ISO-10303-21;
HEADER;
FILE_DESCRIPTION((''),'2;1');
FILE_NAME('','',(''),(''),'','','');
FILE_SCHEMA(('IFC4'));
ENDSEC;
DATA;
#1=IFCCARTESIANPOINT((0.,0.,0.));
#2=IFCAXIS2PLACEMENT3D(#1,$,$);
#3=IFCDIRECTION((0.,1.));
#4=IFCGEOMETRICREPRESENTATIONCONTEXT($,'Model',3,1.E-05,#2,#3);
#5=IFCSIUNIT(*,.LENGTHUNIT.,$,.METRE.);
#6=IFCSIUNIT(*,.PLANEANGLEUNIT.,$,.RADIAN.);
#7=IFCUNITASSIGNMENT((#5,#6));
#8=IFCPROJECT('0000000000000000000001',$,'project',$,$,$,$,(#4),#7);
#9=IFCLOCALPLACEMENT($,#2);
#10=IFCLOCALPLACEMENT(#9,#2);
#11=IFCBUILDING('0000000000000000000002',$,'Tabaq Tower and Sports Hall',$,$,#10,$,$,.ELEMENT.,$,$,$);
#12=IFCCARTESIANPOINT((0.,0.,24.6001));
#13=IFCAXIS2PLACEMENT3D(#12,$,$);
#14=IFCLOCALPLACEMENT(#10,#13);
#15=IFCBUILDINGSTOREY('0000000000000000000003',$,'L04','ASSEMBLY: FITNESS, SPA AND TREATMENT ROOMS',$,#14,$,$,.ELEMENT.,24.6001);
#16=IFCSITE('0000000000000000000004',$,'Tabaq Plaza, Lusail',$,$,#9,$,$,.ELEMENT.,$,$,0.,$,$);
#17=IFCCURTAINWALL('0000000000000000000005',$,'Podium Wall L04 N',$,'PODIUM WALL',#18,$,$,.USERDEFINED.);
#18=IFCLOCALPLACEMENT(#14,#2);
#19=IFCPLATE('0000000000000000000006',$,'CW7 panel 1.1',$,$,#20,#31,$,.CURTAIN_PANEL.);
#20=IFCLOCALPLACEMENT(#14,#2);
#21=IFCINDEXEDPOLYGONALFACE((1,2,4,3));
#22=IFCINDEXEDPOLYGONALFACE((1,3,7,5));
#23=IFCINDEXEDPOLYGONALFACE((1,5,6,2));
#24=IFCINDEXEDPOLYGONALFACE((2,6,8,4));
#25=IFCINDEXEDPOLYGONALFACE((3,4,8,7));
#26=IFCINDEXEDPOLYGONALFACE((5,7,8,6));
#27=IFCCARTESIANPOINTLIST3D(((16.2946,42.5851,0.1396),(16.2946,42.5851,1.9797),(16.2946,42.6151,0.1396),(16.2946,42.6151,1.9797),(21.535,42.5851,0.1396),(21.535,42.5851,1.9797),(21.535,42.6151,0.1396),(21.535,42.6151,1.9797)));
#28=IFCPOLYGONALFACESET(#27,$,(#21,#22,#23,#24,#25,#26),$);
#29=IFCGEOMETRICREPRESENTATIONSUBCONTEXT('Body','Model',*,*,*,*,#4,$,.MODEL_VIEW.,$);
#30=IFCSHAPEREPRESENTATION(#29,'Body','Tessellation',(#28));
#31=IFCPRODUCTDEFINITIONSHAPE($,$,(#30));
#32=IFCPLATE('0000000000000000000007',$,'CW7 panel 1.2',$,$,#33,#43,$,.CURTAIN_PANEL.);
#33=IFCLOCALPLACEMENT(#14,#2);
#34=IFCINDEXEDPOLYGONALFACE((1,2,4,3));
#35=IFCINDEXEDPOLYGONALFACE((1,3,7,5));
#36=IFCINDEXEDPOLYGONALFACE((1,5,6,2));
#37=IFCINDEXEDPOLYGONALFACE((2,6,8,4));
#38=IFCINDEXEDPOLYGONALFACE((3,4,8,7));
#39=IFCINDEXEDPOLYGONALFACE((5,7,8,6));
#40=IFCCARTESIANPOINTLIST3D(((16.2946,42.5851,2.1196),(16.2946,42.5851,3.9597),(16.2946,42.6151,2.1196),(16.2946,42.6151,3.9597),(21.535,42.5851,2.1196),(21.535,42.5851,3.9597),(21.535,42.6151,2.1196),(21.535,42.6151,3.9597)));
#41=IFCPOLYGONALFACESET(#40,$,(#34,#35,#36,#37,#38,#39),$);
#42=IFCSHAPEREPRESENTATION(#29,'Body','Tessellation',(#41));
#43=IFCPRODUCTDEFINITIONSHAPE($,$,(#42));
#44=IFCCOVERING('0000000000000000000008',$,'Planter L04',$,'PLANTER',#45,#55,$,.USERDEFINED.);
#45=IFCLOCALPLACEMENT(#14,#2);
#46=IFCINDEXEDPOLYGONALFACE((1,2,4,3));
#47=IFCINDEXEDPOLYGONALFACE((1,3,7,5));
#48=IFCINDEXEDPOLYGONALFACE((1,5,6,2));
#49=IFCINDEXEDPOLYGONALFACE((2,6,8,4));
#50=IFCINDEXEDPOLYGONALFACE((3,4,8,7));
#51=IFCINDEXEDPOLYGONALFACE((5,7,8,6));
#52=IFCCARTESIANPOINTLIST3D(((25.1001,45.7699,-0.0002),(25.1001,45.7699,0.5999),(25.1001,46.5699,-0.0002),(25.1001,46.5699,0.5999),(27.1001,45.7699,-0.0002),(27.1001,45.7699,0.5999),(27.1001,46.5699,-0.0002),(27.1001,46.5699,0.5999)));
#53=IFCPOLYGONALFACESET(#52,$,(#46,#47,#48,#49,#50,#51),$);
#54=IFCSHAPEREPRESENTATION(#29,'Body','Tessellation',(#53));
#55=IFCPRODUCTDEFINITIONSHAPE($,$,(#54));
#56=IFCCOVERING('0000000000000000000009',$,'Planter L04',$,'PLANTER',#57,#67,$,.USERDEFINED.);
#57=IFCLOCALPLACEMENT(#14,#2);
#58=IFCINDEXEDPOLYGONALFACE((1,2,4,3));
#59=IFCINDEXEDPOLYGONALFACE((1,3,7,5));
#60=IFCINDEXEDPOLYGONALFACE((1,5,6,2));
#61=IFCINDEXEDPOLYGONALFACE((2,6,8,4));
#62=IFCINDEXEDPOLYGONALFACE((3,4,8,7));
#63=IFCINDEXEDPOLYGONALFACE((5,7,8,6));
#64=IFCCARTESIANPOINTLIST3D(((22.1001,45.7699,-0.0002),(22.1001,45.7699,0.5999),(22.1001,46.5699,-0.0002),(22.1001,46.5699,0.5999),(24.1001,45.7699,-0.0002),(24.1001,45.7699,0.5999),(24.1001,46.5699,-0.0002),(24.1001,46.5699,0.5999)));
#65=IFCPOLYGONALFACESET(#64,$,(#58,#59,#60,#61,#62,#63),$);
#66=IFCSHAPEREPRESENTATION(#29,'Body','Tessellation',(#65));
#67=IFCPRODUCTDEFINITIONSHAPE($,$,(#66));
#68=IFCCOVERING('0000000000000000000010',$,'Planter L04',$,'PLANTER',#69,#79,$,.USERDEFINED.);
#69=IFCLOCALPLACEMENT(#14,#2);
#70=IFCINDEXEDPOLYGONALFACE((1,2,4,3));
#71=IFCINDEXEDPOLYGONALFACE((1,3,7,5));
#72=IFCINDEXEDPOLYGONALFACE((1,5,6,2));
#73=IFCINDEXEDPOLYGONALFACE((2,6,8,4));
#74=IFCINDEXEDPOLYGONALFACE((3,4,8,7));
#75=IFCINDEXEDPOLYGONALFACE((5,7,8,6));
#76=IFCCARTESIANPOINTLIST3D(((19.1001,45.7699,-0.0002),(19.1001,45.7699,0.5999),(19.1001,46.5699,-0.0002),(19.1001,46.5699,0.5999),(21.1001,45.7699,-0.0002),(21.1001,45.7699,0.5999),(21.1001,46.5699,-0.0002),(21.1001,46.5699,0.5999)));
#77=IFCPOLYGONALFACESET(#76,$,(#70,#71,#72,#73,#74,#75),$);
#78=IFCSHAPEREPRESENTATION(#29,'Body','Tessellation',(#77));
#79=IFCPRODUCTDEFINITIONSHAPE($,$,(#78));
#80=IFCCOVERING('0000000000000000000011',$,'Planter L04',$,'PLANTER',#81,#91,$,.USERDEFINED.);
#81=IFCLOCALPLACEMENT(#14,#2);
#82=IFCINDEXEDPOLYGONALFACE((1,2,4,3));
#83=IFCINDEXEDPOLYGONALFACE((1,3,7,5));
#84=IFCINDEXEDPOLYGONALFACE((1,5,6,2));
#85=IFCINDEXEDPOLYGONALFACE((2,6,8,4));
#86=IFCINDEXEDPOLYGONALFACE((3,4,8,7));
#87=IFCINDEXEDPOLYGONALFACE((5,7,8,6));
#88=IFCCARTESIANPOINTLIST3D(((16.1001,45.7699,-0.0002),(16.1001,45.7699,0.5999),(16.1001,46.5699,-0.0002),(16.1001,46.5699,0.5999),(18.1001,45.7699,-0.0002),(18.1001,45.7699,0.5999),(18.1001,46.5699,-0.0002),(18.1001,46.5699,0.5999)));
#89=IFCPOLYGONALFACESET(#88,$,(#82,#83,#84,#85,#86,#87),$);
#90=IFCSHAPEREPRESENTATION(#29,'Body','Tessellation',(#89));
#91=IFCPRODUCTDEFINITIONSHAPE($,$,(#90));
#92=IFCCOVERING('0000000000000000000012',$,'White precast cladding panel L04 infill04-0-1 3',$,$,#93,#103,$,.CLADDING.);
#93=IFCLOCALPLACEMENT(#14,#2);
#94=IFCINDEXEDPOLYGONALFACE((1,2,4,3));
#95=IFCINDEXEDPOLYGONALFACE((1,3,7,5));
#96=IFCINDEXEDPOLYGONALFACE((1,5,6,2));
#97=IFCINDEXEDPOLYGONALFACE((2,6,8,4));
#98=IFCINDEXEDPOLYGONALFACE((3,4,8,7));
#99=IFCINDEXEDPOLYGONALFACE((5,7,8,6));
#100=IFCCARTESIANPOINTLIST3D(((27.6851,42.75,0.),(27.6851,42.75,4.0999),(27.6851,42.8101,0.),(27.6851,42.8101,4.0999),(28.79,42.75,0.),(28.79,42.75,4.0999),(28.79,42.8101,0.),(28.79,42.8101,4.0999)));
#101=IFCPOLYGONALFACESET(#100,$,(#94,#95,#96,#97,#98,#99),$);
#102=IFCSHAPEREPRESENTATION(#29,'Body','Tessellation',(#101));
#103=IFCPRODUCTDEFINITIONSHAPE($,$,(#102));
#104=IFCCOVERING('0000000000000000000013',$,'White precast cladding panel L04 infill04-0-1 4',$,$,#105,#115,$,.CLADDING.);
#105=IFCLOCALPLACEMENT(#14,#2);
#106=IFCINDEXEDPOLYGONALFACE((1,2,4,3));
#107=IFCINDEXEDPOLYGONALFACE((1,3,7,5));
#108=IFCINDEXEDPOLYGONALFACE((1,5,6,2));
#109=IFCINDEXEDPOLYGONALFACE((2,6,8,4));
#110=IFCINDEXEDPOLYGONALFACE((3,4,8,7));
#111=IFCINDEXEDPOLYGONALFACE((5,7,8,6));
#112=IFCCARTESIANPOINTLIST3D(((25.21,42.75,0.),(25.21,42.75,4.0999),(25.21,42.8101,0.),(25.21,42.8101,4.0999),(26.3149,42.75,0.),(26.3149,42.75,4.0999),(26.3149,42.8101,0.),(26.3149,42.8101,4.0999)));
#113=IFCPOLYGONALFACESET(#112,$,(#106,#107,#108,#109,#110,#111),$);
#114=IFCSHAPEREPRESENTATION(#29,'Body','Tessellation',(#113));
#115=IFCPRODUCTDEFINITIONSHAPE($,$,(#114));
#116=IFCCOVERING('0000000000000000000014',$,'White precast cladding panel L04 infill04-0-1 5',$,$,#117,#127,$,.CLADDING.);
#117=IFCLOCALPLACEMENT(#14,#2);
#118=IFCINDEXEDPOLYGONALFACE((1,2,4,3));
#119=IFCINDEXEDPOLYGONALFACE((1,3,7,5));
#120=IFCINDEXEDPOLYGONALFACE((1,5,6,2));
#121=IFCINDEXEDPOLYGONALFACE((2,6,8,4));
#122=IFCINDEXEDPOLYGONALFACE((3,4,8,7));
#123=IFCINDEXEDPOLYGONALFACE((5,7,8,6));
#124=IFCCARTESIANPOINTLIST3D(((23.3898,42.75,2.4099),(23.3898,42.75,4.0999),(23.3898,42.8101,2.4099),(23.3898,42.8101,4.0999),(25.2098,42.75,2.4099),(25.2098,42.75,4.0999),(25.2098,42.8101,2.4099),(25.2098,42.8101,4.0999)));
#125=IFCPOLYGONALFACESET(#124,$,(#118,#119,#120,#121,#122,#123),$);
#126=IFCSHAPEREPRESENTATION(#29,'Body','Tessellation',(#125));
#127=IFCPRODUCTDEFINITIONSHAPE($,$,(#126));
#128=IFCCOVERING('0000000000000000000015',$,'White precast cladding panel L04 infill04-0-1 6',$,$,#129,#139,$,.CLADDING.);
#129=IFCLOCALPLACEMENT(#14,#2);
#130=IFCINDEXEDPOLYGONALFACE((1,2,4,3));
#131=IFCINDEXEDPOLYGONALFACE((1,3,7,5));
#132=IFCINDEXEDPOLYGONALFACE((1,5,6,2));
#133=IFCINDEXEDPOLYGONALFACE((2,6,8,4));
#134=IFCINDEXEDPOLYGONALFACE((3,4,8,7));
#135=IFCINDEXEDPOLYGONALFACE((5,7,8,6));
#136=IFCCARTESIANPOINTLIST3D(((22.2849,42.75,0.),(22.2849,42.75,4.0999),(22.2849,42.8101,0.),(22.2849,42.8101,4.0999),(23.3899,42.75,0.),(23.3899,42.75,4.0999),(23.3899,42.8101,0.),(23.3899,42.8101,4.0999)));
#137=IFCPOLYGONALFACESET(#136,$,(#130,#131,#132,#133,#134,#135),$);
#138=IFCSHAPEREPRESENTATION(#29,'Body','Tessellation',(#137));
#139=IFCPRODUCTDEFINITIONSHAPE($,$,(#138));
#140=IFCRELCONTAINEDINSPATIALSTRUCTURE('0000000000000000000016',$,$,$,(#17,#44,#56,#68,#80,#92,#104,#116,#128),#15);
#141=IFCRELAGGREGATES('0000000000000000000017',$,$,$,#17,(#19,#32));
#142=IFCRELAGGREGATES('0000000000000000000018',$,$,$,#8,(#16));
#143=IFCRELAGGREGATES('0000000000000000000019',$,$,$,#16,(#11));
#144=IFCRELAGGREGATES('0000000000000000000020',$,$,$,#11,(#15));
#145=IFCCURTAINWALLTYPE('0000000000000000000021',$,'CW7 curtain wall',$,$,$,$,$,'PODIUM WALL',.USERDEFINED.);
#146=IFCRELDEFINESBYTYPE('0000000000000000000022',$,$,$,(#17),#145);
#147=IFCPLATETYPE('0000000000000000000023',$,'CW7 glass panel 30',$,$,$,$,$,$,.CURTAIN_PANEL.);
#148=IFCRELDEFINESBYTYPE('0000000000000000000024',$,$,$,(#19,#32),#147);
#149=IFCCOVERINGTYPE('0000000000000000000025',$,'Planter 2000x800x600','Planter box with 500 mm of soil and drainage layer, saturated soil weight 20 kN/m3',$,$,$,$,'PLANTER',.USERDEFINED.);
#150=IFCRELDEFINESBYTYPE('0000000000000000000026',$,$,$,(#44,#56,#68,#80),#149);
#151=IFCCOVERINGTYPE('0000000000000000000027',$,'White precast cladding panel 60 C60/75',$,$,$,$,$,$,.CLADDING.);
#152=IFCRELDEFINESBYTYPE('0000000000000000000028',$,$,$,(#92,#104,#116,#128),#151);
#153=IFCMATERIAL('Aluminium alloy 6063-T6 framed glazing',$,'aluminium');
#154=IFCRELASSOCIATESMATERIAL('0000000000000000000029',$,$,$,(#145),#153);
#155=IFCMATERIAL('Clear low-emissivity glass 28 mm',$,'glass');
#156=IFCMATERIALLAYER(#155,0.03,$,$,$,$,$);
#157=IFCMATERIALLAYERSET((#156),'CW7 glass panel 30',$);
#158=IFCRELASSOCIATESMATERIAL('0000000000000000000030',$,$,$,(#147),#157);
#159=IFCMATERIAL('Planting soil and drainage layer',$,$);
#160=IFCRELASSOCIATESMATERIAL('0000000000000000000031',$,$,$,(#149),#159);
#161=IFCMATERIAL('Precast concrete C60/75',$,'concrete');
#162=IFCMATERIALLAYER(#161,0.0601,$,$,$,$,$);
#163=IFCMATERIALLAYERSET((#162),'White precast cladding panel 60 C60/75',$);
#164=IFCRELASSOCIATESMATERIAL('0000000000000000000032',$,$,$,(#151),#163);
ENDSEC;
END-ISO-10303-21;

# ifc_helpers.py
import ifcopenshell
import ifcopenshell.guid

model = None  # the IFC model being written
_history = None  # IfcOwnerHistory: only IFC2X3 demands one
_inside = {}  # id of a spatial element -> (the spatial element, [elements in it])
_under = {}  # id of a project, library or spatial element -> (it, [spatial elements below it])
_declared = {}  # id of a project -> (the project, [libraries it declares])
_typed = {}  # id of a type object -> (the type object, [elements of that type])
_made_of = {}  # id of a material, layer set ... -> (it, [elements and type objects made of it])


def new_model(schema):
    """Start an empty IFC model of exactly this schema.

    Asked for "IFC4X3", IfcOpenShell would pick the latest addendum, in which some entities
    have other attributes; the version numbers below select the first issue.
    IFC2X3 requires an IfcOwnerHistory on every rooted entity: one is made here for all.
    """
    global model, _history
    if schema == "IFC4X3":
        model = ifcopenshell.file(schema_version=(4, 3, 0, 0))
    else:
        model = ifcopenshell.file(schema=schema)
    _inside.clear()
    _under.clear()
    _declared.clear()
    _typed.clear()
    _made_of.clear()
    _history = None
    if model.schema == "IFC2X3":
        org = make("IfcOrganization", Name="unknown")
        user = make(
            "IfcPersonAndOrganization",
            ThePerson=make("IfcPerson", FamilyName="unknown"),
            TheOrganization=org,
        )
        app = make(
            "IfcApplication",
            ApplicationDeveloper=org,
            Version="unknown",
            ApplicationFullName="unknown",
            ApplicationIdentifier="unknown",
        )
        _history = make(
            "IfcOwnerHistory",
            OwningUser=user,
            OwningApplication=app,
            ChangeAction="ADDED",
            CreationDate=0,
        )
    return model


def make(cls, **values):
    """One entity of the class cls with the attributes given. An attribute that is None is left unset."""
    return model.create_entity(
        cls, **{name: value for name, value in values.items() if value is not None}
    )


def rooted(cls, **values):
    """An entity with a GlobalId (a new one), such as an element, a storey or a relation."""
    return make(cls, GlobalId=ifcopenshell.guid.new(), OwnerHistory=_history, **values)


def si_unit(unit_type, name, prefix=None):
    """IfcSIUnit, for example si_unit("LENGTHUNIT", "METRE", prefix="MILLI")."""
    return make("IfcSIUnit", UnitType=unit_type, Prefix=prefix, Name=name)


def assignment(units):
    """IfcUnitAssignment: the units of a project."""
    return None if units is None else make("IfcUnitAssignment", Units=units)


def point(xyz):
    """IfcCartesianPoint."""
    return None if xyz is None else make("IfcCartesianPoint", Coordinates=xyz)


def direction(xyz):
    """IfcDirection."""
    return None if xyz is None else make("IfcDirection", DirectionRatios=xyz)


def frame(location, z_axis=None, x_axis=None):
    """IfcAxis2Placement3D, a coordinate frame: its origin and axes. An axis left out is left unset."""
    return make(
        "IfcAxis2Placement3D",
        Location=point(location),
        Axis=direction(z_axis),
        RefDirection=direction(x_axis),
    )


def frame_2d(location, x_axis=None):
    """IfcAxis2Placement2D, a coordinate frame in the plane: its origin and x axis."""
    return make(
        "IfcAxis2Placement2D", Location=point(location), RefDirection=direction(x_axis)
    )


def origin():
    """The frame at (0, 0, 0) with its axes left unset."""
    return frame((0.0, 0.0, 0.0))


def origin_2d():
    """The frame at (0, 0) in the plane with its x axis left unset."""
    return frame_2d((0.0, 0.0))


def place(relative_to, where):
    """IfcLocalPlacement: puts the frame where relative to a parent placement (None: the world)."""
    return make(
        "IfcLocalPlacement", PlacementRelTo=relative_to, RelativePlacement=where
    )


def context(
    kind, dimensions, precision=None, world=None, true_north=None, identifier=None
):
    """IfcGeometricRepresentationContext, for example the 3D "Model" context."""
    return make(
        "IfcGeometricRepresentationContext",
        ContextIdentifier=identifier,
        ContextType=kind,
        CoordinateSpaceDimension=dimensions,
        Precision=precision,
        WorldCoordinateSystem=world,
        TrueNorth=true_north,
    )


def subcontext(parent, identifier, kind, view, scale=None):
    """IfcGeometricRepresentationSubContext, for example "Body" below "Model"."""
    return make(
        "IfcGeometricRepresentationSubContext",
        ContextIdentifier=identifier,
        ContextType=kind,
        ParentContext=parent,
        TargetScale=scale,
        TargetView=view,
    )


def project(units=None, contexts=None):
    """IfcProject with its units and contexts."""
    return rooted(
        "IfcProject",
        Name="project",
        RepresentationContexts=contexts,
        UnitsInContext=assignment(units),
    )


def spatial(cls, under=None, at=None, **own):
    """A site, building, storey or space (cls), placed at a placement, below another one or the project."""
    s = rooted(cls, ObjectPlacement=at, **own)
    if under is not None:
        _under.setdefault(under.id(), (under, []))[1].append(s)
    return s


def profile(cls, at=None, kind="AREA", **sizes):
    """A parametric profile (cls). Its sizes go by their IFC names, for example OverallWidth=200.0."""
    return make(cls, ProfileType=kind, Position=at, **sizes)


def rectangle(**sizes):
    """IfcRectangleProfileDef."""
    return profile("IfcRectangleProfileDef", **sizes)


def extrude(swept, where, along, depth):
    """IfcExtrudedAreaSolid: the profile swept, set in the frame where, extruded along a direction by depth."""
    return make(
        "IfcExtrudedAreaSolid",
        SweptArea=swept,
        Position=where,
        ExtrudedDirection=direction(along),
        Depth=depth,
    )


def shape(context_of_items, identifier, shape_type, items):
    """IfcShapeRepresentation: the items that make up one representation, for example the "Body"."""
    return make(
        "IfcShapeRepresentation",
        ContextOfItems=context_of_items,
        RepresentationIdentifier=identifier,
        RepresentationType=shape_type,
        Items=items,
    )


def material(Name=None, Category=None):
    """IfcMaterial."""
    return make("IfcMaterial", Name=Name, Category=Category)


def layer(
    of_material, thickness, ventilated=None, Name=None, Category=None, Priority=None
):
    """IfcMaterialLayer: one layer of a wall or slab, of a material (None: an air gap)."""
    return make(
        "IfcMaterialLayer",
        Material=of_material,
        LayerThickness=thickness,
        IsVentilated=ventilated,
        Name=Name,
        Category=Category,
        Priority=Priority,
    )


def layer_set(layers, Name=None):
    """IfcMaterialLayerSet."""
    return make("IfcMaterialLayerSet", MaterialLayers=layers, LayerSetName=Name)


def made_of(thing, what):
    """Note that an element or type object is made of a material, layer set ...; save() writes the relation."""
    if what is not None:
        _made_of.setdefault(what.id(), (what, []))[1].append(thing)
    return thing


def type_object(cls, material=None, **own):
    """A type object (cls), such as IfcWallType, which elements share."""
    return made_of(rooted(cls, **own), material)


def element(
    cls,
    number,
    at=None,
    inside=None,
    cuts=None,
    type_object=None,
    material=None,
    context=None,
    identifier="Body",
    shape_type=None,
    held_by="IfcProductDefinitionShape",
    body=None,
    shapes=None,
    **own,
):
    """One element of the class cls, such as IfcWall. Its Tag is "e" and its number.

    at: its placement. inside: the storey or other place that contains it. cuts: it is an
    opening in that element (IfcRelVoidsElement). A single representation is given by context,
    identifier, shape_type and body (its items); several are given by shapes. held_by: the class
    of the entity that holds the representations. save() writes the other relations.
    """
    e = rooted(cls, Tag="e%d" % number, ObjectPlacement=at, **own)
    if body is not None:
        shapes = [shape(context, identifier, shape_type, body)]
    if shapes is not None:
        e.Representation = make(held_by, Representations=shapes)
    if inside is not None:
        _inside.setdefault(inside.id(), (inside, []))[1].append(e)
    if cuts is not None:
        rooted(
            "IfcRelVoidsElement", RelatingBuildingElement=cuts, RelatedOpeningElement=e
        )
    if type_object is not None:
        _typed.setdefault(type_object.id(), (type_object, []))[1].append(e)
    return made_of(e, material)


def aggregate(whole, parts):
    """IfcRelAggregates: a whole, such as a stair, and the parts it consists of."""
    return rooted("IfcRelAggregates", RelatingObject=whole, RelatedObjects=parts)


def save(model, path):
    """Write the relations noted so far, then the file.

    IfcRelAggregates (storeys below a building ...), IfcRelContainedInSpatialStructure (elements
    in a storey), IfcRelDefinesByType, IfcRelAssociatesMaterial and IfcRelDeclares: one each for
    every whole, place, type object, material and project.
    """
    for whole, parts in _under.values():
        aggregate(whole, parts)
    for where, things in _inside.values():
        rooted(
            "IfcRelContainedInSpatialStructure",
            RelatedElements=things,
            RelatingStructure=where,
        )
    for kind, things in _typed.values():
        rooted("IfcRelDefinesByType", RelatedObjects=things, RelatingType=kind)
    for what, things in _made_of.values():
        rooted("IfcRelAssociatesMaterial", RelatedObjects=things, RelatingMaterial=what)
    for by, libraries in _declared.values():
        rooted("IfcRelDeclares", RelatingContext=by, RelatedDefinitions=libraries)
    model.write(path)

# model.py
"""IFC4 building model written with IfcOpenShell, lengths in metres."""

from ifc_helpers import new_model, si_unit, direction, frame, frame_2d, origin, origin_2d, place, context, subcontext, project, spatial, rectangle, extrude, material, layer, layer_set, type_object, element, aggregate, save


model = new_model("IFC4")

# Units and contexts
model_context = context("Model", 3, precision=1e-05, world=origin(), true_north=direction((0.0, 1.0)))
body_context = subcontext(model_context, "Body", "Model", "MODEL_VIEW")
ifc_project = project(units=[si_unit("LENGTHUNIT", "METRE"), si_unit("PLANEANGLEUNIT", "RADIAN")], contexts=[model_context])

# Site, building, storey
site_placement = place(None, origin())
site = spatial("IfcSite", under=ifc_project, at=site_placement, Name="Tabaq Plaza, Lusail", CompositionType="ELEMENT", RefElevation=0.0)
building_placement = place(site_placement, origin())
building = spatial("IfcBuilding", under=site, at=building_placement, Name="Tabaq Tower and Sports Hall", CompositionType="ELEMENT")
storey_placement = place(building_placement, frame((0.0, 0.0, 24.6001)))
storey = spatial("IfcBuildingStorey", under=building, at=storey_placement, Name="L04", Description="ASSEMBLY: FITNESS, SPA AND TREATMENT ROOMS", CompositionType="ELEMENT", Elevation=24.6001)

# Curtain wall
ifc_material_1 = material(Name="Aluminium alloy 6063-T6 framed glazing", Category="aluminium")
curtain_wall_type = type_object("IfcCurtainWallType", Name="CW7 curtain wall", ElementType="PODIUM WALL", PredefinedType="USERDEFINED", material=ifc_material_1)
curtain_wall_placement = place(storey_placement, origin())
curtain_wall = element("IfcCurtainWall", 1, at=curtain_wall_placement, inside=storey, type_object=curtain_wall_type, Name="Podium Wall L04 N", ObjectType="PODIUM WALL", PredefinedType="USERDEFINED")

# Plates
ifc_material_2 = material(Name="Clear low-emissivity glass 28 mm", Category="glass")
ifc_layer_1 = layer(ifc_material_2, 0.03)
ifc_layer_set_1 = layer_set([ifc_layer_1], Name="CW7 glass panel 30")
plate_type = type_object("IfcPlateType", Name="CW7 glass panel 30", PredefinedType="CURTAIN_PANEL", material=ifc_layer_set_1)
plate_1_placement = place(storey_placement, frame((18.9148, 42.6001, 0.1396), z_axis=(0.0, 0.0, 1.0), x_axis=(-1.0, 0.0, 0.0)))
plate_1 = element("IfcPlate", 2, at=plate_1_placement, type_object=plate_type, Name="CW7 panel 1.1", PredefinedType="CURTAIN_PANEL", context=body_context, shape_type="SweptSolid", body=[
    extrude(rectangle(XDim=5.2405, YDim=0.03, at=origin_2d()), origin(), (0.0, 0.0, 1.0), 1.8401),
])
plate_2_placement = place(storey_placement, frame((18.9148, 42.6001, 2.1196), z_axis=(0.0, 0.0, 1.0), x_axis=(-1.0, 0.0, 0.0)))
plate_2 = element("IfcPlate", 3, at=plate_2_placement, type_object=plate_type, Name="CW7 panel 1.2", PredefinedType="CURTAIN_PANEL", context=body_context, shape_type="SweptSolid", body=[
    extrude(rectangle(XDim=5.2405, YDim=0.03, at=origin_2d()), origin(), (0.0, 0.0, 1.0), 1.8401),
])
aggregate(curtain_wall, [plate_1, plate_2])

# Coverings
ifc_material_3 = material(Name="Planting soil and drainage layer")
covering_type_1 = type_object("IfcCoveringType", Name="Planter 2000x800x600", Description="Planter box with 500 mm of soil and drainage layer, saturated soil weight 20 kN/m3", ElementType="PLANTER", PredefinedType="USERDEFINED", material=ifc_material_3)
for number, where, z_axis, x_axis, name in (
    (4, (26.1001, 46.1699, -0.0002), (0.0, 0.0, 1.0), (-1.0, 0.0, 0.0), "Planter L04"),
    (5, (23.1001, 46.1699, -0.0002), (0.0, 0.0, 1.0), (-1.0, 0.0, 0.0), "Planter L04"),
    (6, (20.1001, 46.1699, -0.0002), (0.0, 0.0, 1.0), (-1.0, 0.0, 0.0), "Planter L04"),
    (7, (17.1001, 46.1699, -0.0002), (0.0, 0.0, 1.0), (-1.0, 0.0, 0.0), "Planter L04"),
):
    element("IfcCovering", number, at=place(storey_placement, frame(where, z_axis=z_axis, x_axis=x_axis)), inside=storey, type_object=covering_type_1, Name=name, ObjectType="PLANTER", PredefinedType="USERDEFINED", context=body_context, shape_type="SweptSolid", body=[
        extrude(rectangle(XDim=2.0, YDim=0.8, at=origin_2d()), origin(), (0.0, 0.0, 1.0), 0.6001),
    ])
ifc_material_4 = material(Name="Precast concrete C60/75", Category="concrete")
ifc_layer_2 = layer(ifc_material_4, 0.0601)
ifc_layer_set_2 = layer_set([ifc_layer_2], Name="White precast cladding panel 60 C60/75")
covering_type_2 = type_object("IfcCoveringType", Name="White precast cladding panel 60 C60/75", PredefinedType="CLADDING", material=ifc_layer_set_2)
for number, where, z_axis, x_axis, name in (
    (8, (28.79, 42.78, 0.0), (0.0, 0.0, 1.0), (-1.0, 0.0, 0.0), "White precast cladding panel L04 infill04-0-1 3"),
    (9, (26.3149, 42.78, 0.0), (0.0, 0.0, 1.0), (-1.0, 0.0, 0.0), "White precast cladding panel L04 infill04-0-1 4"),
):
    element("IfcCovering", number, at=place(storey_placement, frame(where, z_axis=z_axis, x_axis=x_axis)), inside=storey, type_object=covering_type_2, Name=name, PredefinedType="CLADDING", context=body_context, shape_type="SweptSolid", body=[
        extrude(rectangle(XDim=1.105, YDim=0.0601, at=frame_2d((0.5525, 0.0))), origin(), (0.0, 0.0, 1.0), 4.0999),
    ])
covering_1_placement = place(storey_placement, frame((25.21, 42.78, 2.4099), z_axis=(0.0, 0.0, 1.0), x_axis=(-1.0, 0.0, 0.0)))
element("IfcCovering", 10, at=covering_1_placement, inside=storey, type_object=covering_type_2, Name="White precast cladding panel L04 infill04-0-1 5", PredefinedType="CLADDING", context=body_context, shape_type="SweptSolid", body=[
    extrude(rectangle(XDim=1.8201, YDim=0.0601, at=frame_2d((0.9102, 0.0))), origin(), (0.0, 0.0, 1.0), 1.6899),
])
covering_2_placement = place(storey_placement, frame((23.3899, 42.78, 0.0), z_axis=(0.0, 0.0, 1.0), x_axis=(-1.0, 0.0, 0.0)))
element("IfcCovering", 11, at=covering_2_placement, inside=storey, type_object=covering_type_2, Name="White precast cladding panel L04 infill04-0-1 6", PredefinedType="CLADDING", context=body_context, shape_type="SweptSolid", body=[
    extrude(rectangle(XDim=1.105, YDim=0.0601, at=frame_2d((0.5525, 0.0))), origin(), (0.0, 0.0, 1.0), 4.0999),
])

save(model, "model.ifc")
